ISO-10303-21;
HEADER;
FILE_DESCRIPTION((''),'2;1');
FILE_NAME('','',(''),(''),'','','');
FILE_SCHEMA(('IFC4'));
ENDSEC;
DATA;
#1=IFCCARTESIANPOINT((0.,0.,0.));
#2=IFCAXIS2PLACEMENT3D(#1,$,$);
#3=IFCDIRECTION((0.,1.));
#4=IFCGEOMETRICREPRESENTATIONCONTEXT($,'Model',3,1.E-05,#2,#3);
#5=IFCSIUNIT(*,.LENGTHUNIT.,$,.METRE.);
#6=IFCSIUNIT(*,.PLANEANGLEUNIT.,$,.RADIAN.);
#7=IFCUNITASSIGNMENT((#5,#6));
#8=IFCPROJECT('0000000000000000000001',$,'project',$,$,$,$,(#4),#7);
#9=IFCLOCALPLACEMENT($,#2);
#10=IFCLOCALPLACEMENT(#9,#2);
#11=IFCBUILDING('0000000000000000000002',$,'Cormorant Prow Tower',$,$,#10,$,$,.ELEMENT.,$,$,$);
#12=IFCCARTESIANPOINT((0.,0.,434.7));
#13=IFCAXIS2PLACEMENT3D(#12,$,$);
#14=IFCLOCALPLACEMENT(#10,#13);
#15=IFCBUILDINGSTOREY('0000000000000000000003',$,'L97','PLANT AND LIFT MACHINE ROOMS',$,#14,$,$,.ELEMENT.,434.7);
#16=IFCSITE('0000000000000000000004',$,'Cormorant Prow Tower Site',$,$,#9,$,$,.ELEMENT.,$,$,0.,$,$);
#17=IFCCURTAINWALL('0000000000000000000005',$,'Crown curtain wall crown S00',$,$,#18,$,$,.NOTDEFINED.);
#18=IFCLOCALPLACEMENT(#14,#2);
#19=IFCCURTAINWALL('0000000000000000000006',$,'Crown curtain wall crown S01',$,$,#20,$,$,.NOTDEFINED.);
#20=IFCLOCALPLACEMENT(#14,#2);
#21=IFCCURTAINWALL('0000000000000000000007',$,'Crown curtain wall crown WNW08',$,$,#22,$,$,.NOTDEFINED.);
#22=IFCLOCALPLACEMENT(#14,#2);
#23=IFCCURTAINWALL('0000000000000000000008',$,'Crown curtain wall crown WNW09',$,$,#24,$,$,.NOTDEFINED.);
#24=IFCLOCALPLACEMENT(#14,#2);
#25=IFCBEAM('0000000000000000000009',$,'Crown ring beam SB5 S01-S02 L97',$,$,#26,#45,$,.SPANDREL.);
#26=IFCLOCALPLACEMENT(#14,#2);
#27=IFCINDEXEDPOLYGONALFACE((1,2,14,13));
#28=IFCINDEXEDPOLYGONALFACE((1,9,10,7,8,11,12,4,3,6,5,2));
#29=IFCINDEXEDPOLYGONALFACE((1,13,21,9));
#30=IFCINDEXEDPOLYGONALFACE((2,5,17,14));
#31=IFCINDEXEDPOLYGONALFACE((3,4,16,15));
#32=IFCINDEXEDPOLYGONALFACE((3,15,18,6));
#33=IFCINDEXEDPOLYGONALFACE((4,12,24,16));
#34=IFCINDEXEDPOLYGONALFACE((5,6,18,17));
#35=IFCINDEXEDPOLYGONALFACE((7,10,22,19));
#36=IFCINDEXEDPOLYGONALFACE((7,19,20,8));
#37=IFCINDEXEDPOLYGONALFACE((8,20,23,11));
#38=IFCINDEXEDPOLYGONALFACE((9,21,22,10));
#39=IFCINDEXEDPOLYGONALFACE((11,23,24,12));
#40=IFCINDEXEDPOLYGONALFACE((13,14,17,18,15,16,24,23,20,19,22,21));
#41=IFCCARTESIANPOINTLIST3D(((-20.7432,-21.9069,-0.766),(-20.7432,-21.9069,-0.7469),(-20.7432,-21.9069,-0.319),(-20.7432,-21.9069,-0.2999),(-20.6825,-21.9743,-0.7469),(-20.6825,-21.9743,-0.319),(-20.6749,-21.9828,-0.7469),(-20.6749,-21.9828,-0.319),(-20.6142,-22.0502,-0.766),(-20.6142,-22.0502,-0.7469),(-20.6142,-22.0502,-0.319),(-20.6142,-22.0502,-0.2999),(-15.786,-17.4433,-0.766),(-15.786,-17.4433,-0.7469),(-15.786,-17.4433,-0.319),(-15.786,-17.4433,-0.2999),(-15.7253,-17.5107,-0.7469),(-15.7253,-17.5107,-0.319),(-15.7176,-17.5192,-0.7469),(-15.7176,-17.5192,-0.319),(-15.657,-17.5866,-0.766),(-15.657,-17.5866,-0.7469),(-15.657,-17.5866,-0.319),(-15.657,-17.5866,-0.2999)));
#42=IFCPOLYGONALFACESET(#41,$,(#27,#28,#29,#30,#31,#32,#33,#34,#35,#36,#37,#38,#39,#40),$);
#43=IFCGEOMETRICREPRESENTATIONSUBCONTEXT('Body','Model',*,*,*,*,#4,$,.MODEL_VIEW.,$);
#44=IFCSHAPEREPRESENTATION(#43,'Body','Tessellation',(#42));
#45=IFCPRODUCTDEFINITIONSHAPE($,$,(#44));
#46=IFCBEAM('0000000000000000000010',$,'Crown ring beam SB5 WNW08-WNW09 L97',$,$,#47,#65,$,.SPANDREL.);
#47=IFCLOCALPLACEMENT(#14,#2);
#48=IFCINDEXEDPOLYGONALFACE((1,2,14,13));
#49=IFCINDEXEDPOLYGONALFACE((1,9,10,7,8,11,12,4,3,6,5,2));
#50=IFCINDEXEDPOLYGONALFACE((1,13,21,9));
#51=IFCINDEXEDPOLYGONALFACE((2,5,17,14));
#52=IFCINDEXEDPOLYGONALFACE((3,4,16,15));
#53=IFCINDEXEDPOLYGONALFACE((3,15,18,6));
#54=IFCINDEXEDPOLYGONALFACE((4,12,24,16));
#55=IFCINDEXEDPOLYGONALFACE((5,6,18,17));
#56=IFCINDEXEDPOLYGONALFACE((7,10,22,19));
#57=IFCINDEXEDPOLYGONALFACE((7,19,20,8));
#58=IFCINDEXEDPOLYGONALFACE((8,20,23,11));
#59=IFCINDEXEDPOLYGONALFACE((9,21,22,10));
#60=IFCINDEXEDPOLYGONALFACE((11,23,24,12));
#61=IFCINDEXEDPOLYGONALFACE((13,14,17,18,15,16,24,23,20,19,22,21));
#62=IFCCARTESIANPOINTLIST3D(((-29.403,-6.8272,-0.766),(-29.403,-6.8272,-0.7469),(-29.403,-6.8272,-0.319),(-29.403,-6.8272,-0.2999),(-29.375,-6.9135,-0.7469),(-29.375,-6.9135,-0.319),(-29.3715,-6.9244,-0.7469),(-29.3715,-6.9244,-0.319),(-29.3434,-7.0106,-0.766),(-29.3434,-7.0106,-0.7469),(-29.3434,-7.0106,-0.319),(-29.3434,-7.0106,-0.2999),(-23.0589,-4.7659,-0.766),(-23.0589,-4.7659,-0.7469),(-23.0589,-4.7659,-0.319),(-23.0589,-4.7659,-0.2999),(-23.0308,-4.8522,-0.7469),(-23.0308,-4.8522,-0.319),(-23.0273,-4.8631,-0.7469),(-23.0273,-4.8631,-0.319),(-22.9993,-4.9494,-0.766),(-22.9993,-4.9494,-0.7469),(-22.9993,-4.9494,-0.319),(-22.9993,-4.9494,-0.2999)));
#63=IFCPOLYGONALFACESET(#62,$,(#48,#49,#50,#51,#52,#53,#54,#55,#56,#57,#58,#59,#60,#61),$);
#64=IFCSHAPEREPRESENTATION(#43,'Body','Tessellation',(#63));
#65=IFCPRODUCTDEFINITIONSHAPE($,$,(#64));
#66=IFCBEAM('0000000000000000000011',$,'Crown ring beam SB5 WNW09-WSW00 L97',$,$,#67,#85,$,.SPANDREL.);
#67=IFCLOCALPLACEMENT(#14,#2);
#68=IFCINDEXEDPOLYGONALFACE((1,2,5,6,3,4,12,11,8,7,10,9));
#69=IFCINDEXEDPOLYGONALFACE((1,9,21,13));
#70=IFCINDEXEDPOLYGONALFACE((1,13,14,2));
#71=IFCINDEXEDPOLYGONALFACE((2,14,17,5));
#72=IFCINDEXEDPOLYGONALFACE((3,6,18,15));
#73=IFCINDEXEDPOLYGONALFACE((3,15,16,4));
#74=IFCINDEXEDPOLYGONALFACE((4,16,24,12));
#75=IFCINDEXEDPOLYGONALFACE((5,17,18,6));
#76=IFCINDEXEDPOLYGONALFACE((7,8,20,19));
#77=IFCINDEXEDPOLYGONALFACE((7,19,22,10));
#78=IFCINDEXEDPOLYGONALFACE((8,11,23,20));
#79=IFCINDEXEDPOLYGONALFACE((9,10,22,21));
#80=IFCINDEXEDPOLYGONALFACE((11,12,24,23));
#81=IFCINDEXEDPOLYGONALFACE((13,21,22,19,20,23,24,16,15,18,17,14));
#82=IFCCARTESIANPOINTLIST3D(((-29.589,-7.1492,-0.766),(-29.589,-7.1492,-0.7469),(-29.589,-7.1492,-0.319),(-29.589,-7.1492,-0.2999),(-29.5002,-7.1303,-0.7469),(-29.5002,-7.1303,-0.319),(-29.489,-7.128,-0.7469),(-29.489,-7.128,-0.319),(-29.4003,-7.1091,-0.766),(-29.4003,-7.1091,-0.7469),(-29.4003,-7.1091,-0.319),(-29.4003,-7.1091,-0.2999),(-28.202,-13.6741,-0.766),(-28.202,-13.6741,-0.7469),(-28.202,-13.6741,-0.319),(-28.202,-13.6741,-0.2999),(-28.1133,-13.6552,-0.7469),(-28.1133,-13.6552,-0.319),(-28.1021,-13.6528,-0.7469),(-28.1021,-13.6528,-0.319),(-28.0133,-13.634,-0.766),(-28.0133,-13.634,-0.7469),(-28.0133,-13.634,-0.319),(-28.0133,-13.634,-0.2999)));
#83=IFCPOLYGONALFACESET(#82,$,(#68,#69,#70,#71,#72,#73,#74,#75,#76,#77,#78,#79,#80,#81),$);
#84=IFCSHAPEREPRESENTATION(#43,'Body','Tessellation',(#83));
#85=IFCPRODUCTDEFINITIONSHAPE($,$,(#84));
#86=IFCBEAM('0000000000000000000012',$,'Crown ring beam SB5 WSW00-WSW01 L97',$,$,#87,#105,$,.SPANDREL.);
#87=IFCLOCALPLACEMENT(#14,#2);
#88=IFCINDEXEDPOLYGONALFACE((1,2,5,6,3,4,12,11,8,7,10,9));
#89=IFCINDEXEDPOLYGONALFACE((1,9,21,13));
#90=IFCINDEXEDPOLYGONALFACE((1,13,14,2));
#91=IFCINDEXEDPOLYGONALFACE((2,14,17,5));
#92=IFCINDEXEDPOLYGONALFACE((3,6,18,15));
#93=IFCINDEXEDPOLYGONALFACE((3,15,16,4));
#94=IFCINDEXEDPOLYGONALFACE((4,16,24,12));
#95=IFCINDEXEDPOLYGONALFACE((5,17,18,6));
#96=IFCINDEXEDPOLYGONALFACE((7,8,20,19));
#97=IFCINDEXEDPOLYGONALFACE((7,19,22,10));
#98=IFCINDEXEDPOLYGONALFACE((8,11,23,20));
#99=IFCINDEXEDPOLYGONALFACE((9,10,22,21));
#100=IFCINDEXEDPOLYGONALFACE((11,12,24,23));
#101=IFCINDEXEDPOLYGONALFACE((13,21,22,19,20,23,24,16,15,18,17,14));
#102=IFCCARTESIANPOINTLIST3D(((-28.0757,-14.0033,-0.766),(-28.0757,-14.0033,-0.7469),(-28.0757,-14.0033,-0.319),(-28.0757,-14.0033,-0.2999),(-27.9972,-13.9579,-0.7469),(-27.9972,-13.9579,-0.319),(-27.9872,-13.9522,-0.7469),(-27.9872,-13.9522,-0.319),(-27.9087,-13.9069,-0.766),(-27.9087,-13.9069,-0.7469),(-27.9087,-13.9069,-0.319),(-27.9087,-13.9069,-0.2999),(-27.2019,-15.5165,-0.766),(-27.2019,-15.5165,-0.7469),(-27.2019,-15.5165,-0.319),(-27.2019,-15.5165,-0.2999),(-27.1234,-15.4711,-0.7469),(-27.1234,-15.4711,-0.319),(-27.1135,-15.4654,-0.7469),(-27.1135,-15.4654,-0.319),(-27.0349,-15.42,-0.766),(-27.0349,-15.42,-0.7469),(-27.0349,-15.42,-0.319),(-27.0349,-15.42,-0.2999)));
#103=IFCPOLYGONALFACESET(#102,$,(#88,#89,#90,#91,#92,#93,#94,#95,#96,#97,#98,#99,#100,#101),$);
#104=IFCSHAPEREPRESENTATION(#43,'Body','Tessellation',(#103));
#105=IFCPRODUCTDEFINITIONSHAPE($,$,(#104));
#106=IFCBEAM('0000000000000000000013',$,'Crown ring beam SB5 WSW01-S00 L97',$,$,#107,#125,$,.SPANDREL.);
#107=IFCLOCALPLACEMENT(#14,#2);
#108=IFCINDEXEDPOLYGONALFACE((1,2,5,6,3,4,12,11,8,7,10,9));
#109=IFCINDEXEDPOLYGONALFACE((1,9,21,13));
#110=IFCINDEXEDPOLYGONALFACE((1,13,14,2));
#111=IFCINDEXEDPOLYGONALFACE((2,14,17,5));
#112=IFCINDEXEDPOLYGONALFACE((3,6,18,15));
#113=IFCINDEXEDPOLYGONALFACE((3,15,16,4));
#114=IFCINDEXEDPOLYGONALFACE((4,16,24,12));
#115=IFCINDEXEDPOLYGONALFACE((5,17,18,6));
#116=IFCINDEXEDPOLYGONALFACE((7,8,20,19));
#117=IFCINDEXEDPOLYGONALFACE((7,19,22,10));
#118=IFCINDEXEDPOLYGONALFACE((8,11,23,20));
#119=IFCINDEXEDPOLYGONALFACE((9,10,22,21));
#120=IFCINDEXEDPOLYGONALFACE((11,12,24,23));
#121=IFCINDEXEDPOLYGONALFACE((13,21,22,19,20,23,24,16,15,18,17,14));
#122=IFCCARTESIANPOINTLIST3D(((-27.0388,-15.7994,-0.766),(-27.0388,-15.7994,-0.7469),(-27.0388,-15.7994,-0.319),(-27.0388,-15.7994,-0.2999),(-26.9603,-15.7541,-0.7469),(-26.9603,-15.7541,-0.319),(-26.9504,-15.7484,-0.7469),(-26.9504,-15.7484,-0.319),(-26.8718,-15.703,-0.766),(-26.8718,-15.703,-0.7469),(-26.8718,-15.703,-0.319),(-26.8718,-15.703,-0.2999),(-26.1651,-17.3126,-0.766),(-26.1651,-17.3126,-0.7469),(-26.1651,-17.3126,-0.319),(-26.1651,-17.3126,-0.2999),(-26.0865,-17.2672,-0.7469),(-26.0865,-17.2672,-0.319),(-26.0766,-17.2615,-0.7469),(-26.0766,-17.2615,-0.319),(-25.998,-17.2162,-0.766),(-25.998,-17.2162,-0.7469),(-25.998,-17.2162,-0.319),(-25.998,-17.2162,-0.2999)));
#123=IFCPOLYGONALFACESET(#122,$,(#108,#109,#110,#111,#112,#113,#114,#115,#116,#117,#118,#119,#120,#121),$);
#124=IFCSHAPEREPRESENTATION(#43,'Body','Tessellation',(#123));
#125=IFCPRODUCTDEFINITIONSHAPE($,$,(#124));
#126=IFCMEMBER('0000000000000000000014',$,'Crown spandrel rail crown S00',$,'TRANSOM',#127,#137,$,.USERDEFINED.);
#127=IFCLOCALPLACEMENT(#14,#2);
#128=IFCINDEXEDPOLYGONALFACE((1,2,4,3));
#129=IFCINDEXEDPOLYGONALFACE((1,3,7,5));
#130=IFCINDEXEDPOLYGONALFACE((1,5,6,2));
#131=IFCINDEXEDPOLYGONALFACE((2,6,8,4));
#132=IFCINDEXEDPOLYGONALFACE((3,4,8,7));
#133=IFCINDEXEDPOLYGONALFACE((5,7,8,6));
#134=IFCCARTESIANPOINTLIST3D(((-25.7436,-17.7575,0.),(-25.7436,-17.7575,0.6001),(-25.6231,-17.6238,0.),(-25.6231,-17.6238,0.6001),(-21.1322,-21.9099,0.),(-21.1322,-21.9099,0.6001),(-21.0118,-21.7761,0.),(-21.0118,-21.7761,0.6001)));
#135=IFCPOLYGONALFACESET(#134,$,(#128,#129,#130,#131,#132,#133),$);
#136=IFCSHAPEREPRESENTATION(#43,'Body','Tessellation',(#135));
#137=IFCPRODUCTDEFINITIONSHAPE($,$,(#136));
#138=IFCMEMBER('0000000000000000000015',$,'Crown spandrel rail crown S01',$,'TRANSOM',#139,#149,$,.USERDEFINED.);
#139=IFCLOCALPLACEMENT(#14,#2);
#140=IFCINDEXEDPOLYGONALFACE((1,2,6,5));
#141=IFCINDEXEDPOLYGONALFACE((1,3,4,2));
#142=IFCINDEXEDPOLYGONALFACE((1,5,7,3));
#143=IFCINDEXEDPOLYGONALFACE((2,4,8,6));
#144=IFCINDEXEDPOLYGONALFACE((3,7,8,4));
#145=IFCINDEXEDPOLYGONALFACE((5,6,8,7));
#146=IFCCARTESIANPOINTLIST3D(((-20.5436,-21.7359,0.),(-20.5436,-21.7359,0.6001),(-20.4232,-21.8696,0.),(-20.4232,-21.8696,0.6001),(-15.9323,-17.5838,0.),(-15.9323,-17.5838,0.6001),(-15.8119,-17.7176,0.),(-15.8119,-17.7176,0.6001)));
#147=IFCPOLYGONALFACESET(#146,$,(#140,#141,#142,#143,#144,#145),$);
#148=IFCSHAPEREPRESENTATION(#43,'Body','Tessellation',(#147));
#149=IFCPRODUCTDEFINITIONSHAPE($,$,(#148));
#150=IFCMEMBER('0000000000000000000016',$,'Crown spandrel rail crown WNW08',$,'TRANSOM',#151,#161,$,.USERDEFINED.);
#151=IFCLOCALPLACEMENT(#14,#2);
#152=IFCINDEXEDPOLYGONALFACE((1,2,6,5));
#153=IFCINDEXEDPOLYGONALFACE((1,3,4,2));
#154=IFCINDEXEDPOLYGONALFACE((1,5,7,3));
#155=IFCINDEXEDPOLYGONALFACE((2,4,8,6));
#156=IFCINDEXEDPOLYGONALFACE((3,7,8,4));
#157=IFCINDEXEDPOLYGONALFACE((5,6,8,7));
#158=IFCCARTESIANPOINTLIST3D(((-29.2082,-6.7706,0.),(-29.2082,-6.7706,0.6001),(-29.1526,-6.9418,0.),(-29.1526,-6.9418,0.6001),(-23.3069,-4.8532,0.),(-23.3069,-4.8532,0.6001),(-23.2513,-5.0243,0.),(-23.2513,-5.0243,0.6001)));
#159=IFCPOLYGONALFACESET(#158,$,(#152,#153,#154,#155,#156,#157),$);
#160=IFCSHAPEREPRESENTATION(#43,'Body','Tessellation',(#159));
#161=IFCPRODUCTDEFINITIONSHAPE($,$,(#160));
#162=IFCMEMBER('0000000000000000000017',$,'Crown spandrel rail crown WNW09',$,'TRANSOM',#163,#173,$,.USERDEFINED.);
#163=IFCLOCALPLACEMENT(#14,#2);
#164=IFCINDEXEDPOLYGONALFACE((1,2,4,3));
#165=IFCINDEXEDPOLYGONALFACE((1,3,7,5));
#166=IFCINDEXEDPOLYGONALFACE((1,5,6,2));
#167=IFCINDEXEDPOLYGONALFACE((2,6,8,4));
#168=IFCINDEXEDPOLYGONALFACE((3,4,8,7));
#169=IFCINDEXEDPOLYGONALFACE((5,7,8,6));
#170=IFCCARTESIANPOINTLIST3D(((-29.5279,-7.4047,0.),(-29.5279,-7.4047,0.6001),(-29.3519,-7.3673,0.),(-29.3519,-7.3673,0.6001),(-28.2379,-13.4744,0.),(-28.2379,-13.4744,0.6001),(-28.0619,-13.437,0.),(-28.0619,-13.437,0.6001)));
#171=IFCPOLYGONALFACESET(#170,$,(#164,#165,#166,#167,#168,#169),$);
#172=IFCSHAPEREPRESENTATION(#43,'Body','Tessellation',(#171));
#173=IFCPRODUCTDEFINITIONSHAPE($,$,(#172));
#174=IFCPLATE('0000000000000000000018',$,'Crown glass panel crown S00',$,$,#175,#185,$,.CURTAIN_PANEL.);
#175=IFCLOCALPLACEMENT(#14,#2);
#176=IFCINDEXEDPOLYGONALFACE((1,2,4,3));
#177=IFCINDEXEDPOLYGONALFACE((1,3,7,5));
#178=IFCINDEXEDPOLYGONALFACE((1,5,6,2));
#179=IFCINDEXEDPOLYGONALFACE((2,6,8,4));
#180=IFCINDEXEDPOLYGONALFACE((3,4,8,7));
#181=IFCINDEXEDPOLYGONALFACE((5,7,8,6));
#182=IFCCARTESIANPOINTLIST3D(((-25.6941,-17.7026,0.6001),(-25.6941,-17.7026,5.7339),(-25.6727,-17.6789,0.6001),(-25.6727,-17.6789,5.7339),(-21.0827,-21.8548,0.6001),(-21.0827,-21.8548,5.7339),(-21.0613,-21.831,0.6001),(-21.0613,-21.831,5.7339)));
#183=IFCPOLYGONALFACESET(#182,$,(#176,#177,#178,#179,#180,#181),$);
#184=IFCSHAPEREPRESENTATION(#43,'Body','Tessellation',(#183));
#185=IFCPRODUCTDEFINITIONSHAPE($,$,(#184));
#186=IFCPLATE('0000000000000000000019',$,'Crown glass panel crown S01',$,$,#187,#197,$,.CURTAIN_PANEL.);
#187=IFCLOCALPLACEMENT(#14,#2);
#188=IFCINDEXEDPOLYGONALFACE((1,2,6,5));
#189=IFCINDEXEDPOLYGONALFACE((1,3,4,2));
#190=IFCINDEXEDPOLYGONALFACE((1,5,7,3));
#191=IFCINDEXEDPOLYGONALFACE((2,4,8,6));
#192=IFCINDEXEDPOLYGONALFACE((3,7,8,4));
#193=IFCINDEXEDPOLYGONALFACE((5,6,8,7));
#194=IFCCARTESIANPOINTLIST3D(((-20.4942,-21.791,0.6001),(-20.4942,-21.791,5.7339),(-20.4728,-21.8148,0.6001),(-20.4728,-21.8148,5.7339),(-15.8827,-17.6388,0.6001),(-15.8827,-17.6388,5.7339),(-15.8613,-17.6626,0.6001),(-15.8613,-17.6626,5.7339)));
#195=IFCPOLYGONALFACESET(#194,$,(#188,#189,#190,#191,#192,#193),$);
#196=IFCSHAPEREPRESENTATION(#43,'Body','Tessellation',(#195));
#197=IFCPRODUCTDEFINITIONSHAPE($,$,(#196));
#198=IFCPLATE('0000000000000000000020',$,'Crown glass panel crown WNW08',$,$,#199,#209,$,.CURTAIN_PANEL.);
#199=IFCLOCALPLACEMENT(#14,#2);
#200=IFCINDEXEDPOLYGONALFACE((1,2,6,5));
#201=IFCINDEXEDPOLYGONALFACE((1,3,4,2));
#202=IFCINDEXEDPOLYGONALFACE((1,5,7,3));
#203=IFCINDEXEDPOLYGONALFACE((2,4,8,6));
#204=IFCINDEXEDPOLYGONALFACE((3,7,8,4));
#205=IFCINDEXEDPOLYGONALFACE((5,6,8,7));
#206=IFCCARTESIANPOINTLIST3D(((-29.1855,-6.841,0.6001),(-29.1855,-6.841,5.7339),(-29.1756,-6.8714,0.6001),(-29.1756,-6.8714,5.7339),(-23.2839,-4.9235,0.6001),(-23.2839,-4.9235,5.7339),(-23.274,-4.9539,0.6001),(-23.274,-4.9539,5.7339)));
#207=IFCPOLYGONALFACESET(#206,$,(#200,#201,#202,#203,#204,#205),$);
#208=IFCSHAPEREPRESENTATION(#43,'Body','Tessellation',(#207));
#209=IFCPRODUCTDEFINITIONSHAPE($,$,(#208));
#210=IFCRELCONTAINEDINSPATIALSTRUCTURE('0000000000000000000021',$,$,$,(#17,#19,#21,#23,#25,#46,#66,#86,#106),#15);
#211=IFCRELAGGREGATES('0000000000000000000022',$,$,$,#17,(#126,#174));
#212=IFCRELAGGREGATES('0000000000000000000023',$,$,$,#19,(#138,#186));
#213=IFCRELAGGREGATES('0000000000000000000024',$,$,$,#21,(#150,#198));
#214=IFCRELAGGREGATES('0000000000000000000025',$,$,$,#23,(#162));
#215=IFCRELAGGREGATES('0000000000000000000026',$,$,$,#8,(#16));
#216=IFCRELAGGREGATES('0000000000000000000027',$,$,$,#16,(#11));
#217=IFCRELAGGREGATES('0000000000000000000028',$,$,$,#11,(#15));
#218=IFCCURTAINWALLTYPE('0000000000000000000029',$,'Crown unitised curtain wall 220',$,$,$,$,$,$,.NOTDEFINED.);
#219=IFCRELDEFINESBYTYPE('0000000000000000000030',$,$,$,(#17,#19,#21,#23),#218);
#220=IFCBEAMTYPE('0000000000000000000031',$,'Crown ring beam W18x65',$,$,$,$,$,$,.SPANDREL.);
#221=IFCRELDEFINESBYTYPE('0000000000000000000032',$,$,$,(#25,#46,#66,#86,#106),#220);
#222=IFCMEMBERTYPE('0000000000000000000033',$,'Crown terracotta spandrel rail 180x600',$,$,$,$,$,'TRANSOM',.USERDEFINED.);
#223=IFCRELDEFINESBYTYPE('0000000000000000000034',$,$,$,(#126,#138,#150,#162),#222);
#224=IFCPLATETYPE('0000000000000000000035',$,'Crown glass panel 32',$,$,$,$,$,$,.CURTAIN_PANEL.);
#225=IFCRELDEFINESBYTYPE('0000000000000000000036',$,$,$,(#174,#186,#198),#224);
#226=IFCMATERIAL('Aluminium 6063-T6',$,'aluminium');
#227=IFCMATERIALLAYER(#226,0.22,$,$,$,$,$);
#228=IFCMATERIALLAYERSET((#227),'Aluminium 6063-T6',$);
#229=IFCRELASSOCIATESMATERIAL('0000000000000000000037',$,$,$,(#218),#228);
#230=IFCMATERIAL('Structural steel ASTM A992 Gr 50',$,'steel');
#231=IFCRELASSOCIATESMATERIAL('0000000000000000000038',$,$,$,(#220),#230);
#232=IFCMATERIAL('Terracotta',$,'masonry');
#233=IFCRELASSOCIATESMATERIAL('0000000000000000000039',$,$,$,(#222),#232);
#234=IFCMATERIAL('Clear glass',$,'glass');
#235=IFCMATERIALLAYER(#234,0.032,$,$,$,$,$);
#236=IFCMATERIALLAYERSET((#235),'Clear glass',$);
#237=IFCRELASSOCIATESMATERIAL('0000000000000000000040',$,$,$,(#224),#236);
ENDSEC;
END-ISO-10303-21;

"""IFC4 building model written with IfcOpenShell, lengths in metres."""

from ifc_helpers import new_model, si_unit, direction, frame, origin, origin_2d, place, context, subcontext, project, spatial, rectangle, i_section, extrude, material, layer, layer_set, material_profile, profile_set, type_object, element, aggregate, save


model = new_model("IFC4")

# Units and contexts
model_context = context("Model", 3, precision=1e-05, world=origin(), true_north=direction((0.0, 1.0)))
body_context = subcontext(model_context, "Body", "Model", "MODEL_VIEW")
ifc_project = project(units=[si_unit("LENGTHUNIT", "METRE"), si_unit("PLANEANGLEUNIT", "RADIAN")], contexts=[model_context])

# Site, building, storey
site_placement = place(None, origin())
site = spatial("IfcSite", under=ifc_project, at=site_placement, Name="Cormorant Prow Tower Site", CompositionType="ELEMENT", RefElevation=0.0)
building_placement = place(site_placement, origin())
building = spatial("IfcBuilding", under=site, at=building_placement, Name="Cormorant Prow Tower", CompositionType="ELEMENT")
storey_placement = place(building_placement, frame((0.0, 0.0, 434.7)))
storey = spatial("IfcBuildingStorey", under=building, at=storey_placement, Name="L97", Description="PLANT AND LIFT MACHINE ROOMS", CompositionType="ELEMENT", Elevation=434.7)

# Curtain walls
ifc_material_1 = material(Name="Aluminium 6063-T6", Category="aluminium")
ifc_layer_1 = layer(ifc_material_1, 0.22)
ifc_layer_set_1 = layer_set([ifc_layer_1], Name="Aluminium 6063-T6")
curtain_wall_type = type_object("IfcCurtainWallType", Name="Crown unitised curtain wall 220", PredefinedType="NOTDEFINED", material=ifc_layer_set_1)
curtain_wall_1_placement = place(storey_placement, origin())
curtain_wall_1 = element("IfcCurtainWall", 1, at=curtain_wall_1_placement, inside=storey, type_object=curtain_wall_type, Name="Crown curtain wall crown S00", PredefinedType="NOTDEFINED")
curtain_wall_2_placement = place(storey_placement, origin())
curtain_wall_2 = element("IfcCurtainWall", 2, at=curtain_wall_2_placement, inside=storey, type_object=curtain_wall_type, Name="Crown curtain wall crown S01", PredefinedType="NOTDEFINED")
curtain_wall_3_placement = place(storey_placement, origin())
curtain_wall_3 = element("IfcCurtainWall", 3, at=curtain_wall_3_placement, inside=storey, type_object=curtain_wall_type, Name="Crown curtain wall crown WNW08", PredefinedType="NOTDEFINED")
curtain_wall_4_placement = place(storey_placement, origin())
curtain_wall_4 = element("IfcCurtainWall", 4, at=curtain_wall_4_placement, inside=storey, type_object=curtain_wall_type, Name="Crown curtain wall crown WNW09", PredefinedType="NOTDEFINED")

# Beams
ifc_material_2 = material(Name="Structural steel ASTM A992 Gr 50", Category="steel")
ifc_material_profile_1 = material_profile(ifc_material_2, i_section(OverallWidth=0.1929, OverallDepth=0.4661, WebThickness=0.0115, FlangeThickness=0.019, at=origin_2d()), Name="W18x65")
ifc_profile_set_1 = profile_set([ifc_material_profile_1], Name="Structural steel ASTM A992 Gr 50")
beam_type = type_object("IfcBeamType", Name="Crown ring beam W18x65", PredefinedType="SPANDREL", material=ifc_profile_set_1)
for number, where, z_axis, x_axis, name in (
    (5, (-20.6787, -21.9785, -0.533), (0.743139, 0.669137, 0.0), (-0.669137, 0.743139, 0.0), "Crown ring beam SB5 S01-S02 L97"),
    (6, (-23.0291, -4.8577, -0.533), (-0.95106, -0.309005, 0.0), (0.309005, -0.95106, 0.0), "Crown ring beam SB5 WNW08-WNW09 L97"),
    (7, (-29.4946, -7.1292, -0.533), (0.207919, -0.978146, 0.0), (0.978146, 0.207919, 0.0), "Crown ring beam SB5 WNW09-WSW00 L97"),
):
    element("IfcBeam", number, at=place(storey_placement, frame(where, z_axis=z_axis, x_axis=x_axis)), inside=storey, type_object=beam_type, Name=name, PredefinedType="SPANDREL", context=body_context, shape_type="SweptSolid", body=[
        extrude(i_section(OverallWidth=0.1929, OverallDepth=0.4661, WebThickness=0.0115, FlangeThickness=0.019, at=origin_2d()), origin(), (0.0, 0.0, 1.0), 6.6707),
    ])
for number, where, z_axis, x_axis, name in (
    (8, (-27.9922, -13.9551, -0.533), (0.500061, -0.86599, 0.0), (0.86599, 0.500061, 0.0), "Crown ring beam SB5 WSW00-WSW01 L97"),
    (9, (-26.9553, -15.7512, -0.533), (0.500061, -0.86599, 0.0), (0.86599, 0.500061, 0.0), "Crown ring beam SB5 WSW01-S00 L97"),
):
    element("IfcBeam", number, at=place(storey_placement, frame(where, z_axis=z_axis, x_axis=x_axis)), inside=storey, type_object=beam_type, Name=name, PredefinedType="SPANDREL", context=body_context, shape_type="SweptSolid", body=[
        extrude(i_section(OverallWidth=0.1929, OverallDepth=0.4661, WebThickness=0.0115, FlangeThickness=0.019, at=origin_2d()), origin(), (0.0, 0.0, 1.0), 1.7473),
    ])

# Members
ifc_material_3 = material(Name="Terracotta", Category="masonry")
ifc_material_profile_2 = material_profile(ifc_material_3, rectangle(XDim=0.1799, YDim=0.6001, at=origin_2d()), Name="Crown terracotta spandrel rail 180x600")
ifc_profile_set_2 = profile_set([ifc_material_profile_2], Name="Terracotta")
member_type_1 = type_object("IfcMemberType", Name="Crown terracotta spandrel rail 180x600", ElementType="TRANSOM", PredefinedType="USERDEFINED", material=ifc_profile_set_2)
member_1_placement = place(storey_placement, frame((-25.6833, -17.6907, 0.3), z_axis=(0.743122, -0.669156, 0.0), x_axis=(0.669156, 0.743122, 0.0)))
member_1 = element("IfcMember", 10, at=member_1_placement, type_object=member_type_1, Name="Crown spandrel rail crown S00", ObjectType="TRANSOM", PredefinedType="USERDEFINED", context=body_context, shape_type="SweptSolid", body=[
    extrude(rectangle(XDim=0.1799, YDim=0.6001, at=origin_2d()), origin(), (0.0, 0.0, 1.0), 6.2053),
])
member_2_placement = place(storey_placement, frame((-20.4834, -21.8027, 0.3), z_axis=(0.743142, 0.669134, 0.0), x_axis=(-0.669134, 0.743142, 0.0)))
member_2 = element("IfcMember", 11, at=member_2_placement, type_object=member_type_1, Name="Crown spandrel rail crown S01", ObjectType="TRANSOM", PredefinedType="USERDEFINED", context=body_context, shape_type="SweptSolid", body=[
    extrude(rectangle(XDim=0.1799, YDim=0.6001, at=origin_2d()), origin(), (0.0, 0.0, 1.0), 6.2051),
])
member_3_placement = place(storey_placement, frame((-23.2791, -4.9387, 0.3), z_axis=(-0.951056, -0.309018, 0.0), x_axis=(0.309018, -0.951056, 0.0)))
member_3 = element("IfcMember", 12, at=member_3_placement, type_object=member_type_1, Name="Crown spandrel rail crown WNW08", ObjectType="TRANSOM", PredefinedType="USERDEFINED", context=body_context, shape_type="SweptSolid", body=[
    extrude(rectangle(XDim=0.1799, YDim=0.6001, at=origin_2d()), origin(), (0.0, 0.0, 1.0), 6.2051),
])
member_4_placement = place(storey_placement, frame((-29.4399, -7.386, 0.3), z_axis=(0.20789, -0.978152, 0.0), x_axis=(0.978152, 0.20789, 0.0)))
member_4 = element("IfcMember", 13, at=member_4_placement, type_object=member_type_1, Name="Crown spandrel rail crown WNW09", ObjectType="TRANSOM", PredefinedType="USERDEFINED", context=body_context, shape_type="SweptSolid", body=[
    extrude(rectangle(XDim=0.1799, YDim=0.6001, at=origin_2d()), origin(), (0.0, 0.0, 1.0), 6.2053),
])

# Plates
ifc_material_4 = material(Name="Clear glass", Category="glass")
ifc_layer_2 = layer(ifc_material_4, 0.032)
ifc_layer_set_2 = layer_set([ifc_layer_2], Name="Clear glass")
plate_type = type_object("IfcPlateType", Name="Crown glass panel 32", PredefinedType="CURTAIN_PANEL", material=ifc_layer_set_2)
plate_1_placement = place(storey_placement, frame((-23.3777, -19.7668, 0.6001), z_axis=(0.0, 0.0, 1.0), x_axis=(0.743145, -0.669131, 0.0)))
plate_1 = element("IfcPlate", 14, at=plate_1_placement, type_object=plate_type, Name="Crown glass panel crown S00", PredefinedType="CURTAIN_PANEL", context=body_context, shape_type="SweptSolid", body=[
    extrude(rectangle(XDim=6.2053, YDim=0.032, at=origin_2d()), origin(), (0.0, 0.0, 1.0), 5.1338),
])
aggregate(curtain_wall_1, [member_1, plate_1])
plate_2_placement = place(storey_placement, frame((-18.1777, -19.7268, 0.6001), z_axis=(0.0, 0.0, 1.0), x_axis=(0.743145, 0.669131, 0.0)))
plate_2 = element("IfcPlate", 15, at=plate_2_placement, type_object=plate_type, Name="Crown glass panel crown S01", PredefinedType="CURTAIN_PANEL", context=body_context, shape_type="SweptSolid", body=[
    extrude(rectangle(XDim=6.2053, YDim=0.032, at=origin_2d()), origin(), (0.0, 0.0, 1.0), 5.1338),
])
aggregate(curtain_wall_2, [member_2, plate_2])
plate_3_placement = place(storey_placement, frame((-26.2297, -5.8975, 0.6001), z_axis=(0.0, 0.0, 1.0), x_axis=(-0.951057, -0.309017, 0.0)))
plate_3 = element("IfcPlate", 16, at=plate_3_placement, type_object=plate_type, Name="Crown glass panel crown WNW08", PredefinedType="CURTAIN_PANEL", context=body_context, shape_type="SweptSolid", body=[
    extrude(rectangle(XDim=6.2053, YDim=0.032, at=origin_2d()), origin(), (0.0, 0.0, 1.0), 5.1338),
])
aggregate(curtain_wall_3, [member_3, plate_3])
aggregate(curtain_wall_4, [member_4])

save(model, "model.ifc")
